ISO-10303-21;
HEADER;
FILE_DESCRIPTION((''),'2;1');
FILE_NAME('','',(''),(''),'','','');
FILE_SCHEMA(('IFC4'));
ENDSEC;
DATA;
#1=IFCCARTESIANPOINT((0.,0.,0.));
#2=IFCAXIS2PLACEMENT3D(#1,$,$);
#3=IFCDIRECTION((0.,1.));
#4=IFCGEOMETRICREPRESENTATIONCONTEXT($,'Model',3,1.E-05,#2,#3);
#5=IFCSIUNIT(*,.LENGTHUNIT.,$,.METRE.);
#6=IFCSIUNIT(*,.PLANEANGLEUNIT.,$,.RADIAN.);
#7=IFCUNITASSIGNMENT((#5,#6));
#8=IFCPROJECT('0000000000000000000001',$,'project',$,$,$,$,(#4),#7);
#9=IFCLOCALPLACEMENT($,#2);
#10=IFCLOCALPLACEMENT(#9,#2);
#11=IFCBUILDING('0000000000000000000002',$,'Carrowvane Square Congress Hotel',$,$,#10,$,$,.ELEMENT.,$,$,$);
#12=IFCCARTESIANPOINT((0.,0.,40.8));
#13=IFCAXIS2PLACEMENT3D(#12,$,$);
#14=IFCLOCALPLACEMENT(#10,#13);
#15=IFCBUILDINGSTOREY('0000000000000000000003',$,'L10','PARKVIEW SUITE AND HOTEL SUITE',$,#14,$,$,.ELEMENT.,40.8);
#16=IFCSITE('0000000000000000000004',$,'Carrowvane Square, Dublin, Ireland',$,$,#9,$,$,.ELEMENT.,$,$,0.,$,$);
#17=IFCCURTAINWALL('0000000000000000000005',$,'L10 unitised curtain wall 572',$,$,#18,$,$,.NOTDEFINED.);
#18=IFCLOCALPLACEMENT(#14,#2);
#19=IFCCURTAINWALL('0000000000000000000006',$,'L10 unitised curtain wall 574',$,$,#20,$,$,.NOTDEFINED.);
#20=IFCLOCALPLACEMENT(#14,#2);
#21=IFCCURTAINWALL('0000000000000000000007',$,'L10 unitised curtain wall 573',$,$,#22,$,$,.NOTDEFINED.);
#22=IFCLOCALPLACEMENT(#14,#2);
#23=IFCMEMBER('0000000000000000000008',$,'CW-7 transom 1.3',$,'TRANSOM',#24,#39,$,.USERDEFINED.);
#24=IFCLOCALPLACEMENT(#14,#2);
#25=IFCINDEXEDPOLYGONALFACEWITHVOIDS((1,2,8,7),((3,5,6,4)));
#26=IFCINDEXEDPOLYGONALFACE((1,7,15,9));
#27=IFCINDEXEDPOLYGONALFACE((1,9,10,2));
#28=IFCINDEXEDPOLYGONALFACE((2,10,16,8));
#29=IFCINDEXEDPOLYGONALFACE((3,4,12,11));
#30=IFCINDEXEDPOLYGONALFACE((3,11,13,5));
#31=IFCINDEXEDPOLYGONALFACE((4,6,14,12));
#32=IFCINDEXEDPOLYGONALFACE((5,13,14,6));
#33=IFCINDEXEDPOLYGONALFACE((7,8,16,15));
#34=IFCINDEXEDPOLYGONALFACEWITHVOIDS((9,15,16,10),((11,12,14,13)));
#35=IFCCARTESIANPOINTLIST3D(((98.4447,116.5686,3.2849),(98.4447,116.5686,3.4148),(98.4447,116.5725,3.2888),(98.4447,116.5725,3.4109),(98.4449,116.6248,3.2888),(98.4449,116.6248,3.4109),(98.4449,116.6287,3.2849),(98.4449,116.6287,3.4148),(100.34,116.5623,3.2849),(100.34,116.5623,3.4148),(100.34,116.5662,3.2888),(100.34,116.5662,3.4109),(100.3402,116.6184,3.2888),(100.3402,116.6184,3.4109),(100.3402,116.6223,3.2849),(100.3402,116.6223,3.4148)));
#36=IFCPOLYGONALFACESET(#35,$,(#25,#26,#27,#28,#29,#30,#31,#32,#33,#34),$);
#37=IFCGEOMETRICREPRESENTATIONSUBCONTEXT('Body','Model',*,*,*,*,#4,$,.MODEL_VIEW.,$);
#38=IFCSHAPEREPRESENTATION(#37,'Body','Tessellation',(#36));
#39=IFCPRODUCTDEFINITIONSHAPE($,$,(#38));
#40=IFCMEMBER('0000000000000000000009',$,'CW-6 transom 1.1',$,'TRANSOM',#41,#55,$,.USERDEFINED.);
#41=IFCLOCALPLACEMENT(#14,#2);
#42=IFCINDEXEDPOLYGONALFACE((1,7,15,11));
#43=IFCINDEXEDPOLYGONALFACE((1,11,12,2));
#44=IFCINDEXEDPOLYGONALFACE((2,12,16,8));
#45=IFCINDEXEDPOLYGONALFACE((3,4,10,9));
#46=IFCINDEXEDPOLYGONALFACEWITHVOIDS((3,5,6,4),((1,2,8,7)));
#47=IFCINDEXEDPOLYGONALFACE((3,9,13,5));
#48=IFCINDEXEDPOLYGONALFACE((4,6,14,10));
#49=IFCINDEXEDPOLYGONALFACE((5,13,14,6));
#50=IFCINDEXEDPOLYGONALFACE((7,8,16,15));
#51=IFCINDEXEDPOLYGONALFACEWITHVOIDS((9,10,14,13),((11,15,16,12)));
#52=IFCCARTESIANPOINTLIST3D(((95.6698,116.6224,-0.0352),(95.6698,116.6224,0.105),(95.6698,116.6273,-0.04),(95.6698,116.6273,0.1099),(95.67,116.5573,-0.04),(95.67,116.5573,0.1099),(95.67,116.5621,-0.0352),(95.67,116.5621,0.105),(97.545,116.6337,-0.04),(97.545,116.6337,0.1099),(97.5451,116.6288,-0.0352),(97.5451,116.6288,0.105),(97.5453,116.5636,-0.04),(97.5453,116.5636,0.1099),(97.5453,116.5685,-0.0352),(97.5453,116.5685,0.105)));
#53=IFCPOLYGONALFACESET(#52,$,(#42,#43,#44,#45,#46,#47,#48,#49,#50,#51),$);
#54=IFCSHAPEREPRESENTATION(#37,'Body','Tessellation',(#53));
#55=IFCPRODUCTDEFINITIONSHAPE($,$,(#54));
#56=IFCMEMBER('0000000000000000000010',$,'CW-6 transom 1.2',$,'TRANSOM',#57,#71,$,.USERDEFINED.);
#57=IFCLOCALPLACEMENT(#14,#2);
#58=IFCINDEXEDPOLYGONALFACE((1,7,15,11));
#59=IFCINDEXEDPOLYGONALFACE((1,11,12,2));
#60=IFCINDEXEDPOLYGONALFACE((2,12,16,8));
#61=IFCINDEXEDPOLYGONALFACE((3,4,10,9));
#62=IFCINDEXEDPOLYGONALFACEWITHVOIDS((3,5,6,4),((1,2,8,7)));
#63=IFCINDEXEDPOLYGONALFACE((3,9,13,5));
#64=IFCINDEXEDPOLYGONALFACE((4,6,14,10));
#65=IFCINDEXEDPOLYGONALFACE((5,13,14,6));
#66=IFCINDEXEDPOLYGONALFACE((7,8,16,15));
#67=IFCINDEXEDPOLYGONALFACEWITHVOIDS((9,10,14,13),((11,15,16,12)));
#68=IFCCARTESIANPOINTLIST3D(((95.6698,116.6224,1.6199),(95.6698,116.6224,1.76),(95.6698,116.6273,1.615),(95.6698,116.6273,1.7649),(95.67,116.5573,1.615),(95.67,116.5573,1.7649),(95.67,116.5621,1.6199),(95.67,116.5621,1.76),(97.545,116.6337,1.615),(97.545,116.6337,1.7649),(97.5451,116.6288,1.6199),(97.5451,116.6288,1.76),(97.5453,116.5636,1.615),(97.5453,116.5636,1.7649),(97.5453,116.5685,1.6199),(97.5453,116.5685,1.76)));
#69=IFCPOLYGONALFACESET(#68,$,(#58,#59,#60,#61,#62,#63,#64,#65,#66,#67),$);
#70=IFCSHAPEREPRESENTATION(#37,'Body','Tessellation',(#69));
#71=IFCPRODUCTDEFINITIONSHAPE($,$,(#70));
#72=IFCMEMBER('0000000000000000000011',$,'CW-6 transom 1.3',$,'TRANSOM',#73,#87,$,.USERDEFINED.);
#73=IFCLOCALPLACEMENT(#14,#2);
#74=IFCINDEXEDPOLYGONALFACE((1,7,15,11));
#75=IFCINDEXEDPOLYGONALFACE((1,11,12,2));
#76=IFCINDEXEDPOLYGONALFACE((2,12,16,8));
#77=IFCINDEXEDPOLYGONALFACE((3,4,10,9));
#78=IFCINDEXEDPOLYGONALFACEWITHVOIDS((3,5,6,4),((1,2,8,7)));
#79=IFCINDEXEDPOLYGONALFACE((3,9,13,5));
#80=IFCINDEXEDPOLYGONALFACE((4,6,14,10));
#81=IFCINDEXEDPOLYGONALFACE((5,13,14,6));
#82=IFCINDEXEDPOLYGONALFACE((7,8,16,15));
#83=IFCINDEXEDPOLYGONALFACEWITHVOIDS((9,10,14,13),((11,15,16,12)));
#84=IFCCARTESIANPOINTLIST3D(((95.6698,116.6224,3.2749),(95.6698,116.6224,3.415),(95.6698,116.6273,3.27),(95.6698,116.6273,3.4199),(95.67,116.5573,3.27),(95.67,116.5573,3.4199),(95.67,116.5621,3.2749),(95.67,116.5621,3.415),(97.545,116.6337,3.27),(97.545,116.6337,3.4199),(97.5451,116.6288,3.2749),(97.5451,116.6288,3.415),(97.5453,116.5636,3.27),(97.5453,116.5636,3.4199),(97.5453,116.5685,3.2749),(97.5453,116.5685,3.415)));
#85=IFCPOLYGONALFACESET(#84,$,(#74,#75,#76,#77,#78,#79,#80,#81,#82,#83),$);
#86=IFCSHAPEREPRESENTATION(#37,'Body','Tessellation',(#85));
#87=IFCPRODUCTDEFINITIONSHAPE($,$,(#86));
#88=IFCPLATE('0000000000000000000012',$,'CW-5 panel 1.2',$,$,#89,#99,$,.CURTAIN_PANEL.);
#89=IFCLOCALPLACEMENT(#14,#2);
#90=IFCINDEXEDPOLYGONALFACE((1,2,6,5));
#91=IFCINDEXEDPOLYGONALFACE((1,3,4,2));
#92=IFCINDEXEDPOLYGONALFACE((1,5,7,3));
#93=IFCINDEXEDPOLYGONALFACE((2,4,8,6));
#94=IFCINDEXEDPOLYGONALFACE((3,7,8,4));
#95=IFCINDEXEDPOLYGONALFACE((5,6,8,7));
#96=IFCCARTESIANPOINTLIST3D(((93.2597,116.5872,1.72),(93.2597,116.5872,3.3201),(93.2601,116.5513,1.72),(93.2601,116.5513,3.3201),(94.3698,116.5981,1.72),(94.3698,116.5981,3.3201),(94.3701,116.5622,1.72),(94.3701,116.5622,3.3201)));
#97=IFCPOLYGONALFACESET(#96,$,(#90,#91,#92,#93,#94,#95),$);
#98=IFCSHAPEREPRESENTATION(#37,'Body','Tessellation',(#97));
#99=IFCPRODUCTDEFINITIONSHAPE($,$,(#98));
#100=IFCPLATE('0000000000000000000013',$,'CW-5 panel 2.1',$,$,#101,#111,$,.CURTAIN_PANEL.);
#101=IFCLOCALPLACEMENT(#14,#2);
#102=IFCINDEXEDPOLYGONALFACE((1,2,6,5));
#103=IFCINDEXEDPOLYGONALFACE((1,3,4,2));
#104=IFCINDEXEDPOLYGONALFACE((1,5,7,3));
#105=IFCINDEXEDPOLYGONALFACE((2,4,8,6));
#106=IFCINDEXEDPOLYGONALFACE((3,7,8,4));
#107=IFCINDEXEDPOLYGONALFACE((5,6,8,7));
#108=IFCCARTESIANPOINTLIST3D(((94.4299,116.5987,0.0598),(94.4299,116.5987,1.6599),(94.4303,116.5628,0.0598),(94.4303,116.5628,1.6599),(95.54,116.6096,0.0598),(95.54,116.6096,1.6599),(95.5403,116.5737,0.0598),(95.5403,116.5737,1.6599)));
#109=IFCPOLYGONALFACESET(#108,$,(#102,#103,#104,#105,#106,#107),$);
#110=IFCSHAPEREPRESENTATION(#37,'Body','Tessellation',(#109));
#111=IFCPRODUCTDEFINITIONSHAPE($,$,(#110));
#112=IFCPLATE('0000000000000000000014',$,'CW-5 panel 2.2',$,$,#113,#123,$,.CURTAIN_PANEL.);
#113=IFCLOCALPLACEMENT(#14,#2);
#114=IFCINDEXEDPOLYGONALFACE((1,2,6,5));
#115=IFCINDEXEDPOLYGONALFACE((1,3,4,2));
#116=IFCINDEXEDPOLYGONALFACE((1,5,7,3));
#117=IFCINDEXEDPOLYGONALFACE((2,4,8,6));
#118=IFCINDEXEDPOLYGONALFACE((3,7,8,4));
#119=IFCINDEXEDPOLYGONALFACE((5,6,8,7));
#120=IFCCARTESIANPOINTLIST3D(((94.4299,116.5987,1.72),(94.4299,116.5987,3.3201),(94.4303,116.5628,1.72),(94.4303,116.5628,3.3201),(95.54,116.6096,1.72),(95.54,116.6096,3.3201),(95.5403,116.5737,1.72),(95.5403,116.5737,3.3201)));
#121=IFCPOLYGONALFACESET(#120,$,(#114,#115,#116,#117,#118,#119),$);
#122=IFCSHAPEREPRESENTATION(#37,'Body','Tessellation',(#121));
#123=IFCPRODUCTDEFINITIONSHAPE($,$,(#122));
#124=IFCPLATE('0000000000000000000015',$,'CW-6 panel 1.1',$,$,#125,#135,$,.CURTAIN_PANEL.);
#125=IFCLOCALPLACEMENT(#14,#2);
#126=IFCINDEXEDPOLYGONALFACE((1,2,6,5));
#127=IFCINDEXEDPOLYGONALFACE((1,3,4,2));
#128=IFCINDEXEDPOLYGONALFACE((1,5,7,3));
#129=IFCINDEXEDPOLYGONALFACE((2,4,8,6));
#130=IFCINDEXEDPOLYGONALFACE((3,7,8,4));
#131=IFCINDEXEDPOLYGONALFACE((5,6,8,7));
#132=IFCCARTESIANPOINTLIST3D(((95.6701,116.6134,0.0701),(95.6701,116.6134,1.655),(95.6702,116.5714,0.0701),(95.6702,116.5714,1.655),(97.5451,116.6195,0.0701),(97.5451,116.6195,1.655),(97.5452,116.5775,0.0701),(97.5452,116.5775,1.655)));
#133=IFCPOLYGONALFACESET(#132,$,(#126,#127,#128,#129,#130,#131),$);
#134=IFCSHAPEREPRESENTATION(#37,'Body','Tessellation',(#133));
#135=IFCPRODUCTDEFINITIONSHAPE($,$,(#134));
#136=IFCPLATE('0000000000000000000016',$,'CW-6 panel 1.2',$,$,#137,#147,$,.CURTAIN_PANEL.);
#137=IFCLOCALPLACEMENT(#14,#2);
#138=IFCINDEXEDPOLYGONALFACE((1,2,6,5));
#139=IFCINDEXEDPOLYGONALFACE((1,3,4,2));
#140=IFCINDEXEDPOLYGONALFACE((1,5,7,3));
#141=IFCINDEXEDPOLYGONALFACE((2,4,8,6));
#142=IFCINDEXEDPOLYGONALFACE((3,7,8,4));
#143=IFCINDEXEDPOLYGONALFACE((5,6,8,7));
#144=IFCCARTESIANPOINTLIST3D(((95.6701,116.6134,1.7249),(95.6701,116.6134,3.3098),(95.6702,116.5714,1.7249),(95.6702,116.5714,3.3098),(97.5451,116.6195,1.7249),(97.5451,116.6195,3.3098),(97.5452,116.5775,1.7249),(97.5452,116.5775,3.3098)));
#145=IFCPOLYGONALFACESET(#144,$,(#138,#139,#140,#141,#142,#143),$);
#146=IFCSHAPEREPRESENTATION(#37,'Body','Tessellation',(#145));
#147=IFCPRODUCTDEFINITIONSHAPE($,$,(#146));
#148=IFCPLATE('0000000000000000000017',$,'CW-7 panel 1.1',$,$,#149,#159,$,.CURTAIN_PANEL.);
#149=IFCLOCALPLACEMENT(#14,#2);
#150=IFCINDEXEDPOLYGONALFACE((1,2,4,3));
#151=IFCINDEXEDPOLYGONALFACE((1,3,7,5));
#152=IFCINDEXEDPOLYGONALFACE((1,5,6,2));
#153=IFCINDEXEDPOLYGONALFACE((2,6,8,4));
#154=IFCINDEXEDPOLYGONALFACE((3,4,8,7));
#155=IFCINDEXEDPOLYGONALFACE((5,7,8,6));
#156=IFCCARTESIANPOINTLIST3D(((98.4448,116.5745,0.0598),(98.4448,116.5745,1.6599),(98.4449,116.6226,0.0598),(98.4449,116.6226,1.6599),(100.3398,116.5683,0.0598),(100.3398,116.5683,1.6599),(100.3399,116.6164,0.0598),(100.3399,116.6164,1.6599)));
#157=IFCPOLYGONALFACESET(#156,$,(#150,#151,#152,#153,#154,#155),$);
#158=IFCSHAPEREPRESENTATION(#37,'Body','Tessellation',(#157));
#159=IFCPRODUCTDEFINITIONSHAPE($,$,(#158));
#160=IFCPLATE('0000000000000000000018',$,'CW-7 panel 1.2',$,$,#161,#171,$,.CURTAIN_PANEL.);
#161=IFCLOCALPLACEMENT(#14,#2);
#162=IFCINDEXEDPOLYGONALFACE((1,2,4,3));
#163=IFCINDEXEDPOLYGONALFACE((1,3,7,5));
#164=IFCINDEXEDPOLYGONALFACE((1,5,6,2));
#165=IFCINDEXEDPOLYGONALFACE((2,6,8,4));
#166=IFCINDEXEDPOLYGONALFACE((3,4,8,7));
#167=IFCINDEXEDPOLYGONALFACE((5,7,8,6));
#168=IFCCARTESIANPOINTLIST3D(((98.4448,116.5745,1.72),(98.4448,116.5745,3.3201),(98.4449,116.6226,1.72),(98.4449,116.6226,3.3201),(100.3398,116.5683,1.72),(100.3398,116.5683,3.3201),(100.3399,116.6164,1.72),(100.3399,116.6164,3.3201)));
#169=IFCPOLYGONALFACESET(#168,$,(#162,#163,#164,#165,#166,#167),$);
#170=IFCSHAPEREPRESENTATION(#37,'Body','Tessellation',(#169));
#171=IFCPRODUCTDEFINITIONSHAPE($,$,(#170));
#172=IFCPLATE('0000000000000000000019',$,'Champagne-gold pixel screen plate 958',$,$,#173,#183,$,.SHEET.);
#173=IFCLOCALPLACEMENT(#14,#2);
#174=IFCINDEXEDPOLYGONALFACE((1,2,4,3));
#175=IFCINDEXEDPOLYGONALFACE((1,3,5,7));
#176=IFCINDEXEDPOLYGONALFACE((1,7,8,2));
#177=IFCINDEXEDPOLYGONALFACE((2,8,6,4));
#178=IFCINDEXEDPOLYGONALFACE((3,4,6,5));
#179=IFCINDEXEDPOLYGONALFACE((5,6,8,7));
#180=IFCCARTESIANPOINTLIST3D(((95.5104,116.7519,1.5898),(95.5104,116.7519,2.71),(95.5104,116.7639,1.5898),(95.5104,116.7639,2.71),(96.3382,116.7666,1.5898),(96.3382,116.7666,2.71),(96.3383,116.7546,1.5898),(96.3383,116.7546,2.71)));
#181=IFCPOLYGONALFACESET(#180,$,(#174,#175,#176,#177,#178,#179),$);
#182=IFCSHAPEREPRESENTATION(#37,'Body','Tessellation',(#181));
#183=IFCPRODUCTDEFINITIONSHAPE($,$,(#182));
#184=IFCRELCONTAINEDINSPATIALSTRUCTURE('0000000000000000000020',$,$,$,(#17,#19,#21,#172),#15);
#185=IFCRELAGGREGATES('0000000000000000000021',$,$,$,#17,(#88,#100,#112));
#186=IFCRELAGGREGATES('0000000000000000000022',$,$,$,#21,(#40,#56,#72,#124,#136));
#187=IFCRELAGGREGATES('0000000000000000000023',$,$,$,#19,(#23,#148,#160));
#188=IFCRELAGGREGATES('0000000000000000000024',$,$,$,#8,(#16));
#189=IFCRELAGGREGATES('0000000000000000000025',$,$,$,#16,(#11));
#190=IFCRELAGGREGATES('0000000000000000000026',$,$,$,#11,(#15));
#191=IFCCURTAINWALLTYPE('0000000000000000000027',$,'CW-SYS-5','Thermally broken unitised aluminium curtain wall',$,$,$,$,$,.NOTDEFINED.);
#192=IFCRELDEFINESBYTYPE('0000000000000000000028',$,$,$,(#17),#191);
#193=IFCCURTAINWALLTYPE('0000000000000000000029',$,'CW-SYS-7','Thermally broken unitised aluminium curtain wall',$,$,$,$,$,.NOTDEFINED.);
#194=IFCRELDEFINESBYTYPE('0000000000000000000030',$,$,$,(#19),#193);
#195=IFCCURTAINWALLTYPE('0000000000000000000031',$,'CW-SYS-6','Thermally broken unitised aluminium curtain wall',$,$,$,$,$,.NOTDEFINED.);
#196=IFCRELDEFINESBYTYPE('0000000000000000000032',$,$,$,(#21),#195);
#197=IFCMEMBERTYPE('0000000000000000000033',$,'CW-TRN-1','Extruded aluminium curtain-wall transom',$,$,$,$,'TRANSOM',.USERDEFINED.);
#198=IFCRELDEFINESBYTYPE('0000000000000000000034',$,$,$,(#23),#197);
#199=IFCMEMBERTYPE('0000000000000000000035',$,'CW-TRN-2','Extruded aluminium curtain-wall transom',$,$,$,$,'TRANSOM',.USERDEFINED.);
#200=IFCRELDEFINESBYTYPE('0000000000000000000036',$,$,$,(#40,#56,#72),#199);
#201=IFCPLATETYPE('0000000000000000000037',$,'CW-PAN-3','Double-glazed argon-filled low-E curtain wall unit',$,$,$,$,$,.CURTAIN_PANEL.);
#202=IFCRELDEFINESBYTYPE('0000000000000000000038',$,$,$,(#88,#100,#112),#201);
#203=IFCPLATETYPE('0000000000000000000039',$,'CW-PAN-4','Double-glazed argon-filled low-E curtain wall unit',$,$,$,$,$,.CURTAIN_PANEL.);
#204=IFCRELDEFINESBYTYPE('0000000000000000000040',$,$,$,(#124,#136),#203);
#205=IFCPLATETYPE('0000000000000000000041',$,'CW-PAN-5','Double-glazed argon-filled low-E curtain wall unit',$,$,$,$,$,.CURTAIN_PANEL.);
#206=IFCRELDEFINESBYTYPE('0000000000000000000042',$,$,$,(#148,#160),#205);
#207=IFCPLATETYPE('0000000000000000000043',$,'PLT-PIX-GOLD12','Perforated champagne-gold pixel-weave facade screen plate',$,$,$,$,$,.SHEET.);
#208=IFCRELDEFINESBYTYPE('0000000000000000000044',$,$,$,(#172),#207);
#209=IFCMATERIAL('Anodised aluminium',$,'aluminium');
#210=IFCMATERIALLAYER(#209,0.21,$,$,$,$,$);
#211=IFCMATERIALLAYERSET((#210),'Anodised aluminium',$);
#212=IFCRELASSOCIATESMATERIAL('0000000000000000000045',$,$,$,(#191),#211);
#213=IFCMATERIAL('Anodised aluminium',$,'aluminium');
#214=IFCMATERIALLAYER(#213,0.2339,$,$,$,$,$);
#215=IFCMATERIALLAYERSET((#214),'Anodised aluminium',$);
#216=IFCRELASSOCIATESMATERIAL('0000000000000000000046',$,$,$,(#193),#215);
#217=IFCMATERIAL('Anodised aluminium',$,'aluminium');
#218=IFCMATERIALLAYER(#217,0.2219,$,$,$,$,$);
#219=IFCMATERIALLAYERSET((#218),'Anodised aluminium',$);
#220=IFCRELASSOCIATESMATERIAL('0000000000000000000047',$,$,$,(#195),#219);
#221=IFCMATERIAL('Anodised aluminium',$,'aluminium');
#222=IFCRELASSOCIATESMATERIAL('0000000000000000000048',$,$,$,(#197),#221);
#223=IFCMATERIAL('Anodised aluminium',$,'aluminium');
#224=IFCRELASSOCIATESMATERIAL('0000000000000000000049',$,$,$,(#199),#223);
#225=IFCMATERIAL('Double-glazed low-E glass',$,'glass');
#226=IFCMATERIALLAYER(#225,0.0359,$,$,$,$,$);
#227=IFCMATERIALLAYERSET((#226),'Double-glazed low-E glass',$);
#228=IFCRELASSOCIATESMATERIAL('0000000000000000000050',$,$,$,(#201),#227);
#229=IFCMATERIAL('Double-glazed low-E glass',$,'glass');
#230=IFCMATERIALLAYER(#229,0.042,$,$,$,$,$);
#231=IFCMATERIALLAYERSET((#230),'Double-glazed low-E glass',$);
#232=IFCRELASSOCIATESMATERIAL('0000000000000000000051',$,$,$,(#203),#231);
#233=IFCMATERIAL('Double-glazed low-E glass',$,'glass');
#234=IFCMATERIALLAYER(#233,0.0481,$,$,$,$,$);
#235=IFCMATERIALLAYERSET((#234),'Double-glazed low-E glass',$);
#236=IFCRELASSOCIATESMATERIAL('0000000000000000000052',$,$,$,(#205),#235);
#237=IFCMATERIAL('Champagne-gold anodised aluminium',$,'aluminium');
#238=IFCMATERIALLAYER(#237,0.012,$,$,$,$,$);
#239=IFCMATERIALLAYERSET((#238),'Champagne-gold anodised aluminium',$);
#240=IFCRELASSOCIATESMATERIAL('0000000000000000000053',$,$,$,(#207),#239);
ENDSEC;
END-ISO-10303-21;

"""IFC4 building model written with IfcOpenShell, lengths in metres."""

from ifc_helpers import new_model, si_unit, direction, frame, origin, origin_2d, place, context, subcontext, project, spatial, rectangle, hollow_rectangle, extrude, material, layer, layer_set, material_profile, profile_set, type_object, element, aggregate, save


model = new_model("IFC4")

# Units and contexts
model_context = context("Model", 3, precision=1e-05, world=origin(), true_north=direction((0.0, 1.0)))
body_context = subcontext(model_context, "Body", "Model", "MODEL_VIEW")
ifc_project = project(units=[si_unit("LENGTHUNIT", "METRE"), si_unit("PLANEANGLEUNIT", "RADIAN")], contexts=[model_context])

# Site, building, storey
site_placement = place(None, origin())
site = spatial("IfcSite", under=ifc_project, at=site_placement, Name="Carrowvane Square, Dublin, Ireland", CompositionType="ELEMENT", RefElevation=0.0)
building_placement = place(site_placement, origin())
building = spatial("IfcBuilding", under=site, at=building_placement, Name="Carrowvane Square Congress Hotel", CompositionType="ELEMENT")
storey_placement = place(building_placement, frame((0.0, 0.0, 40.8)))
storey = spatial("IfcBuildingStorey", under=building, at=storey_placement, Name="L10", Description="PARKVIEW SUITE AND HOTEL SUITE", CompositionType="ELEMENT", Elevation=40.8)

# Curtain wall
ifc_material_1 = material(Name="Anodised aluminium", Category="aluminium")
ifc_layer_1 = layer(ifc_material_1, 0.21)
ifc_layer_set_1 = layer_set([ifc_layer_1], Name="Anodised aluminium")
curtain_wall_type_1 = type_object("IfcCurtainWallType", Name="CW-SYS-5", Description="Thermally broken unitised aluminium curtain wall", PredefinedType="NOTDEFINED", material=ifc_layer_set_1)
curtain_wall_1_placement = place(storey_placement, origin())
curtain_wall_1 = element("IfcCurtainWall", 1, at=curtain_wall_1_placement, inside=storey, type_object=curtain_wall_type_1, Name="L10 unitised curtain wall 572", PredefinedType="NOTDEFINED")

# Curtain wall
ifc_material_2 = material(Name="Anodised aluminium", Category="aluminium")
ifc_layer_2 = layer(ifc_material_2, 0.2339)
ifc_layer_set_2 = layer_set([ifc_layer_2], Name="Anodised aluminium")
curtain_wall_type_2 = type_object("IfcCurtainWallType", Name="CW-SYS-7", Description="Thermally broken unitised aluminium curtain wall", PredefinedType="NOTDEFINED", material=ifc_layer_set_2)
curtain_wall_2_placement = place(storey_placement, origin())
curtain_wall_2 = element("IfcCurtainWall", 2, at=curtain_wall_2_placement, inside=storey, type_object=curtain_wall_type_2, Name="L10 unitised curtain wall 574", PredefinedType="NOTDEFINED")

# Curtain wall
ifc_material_3 = material(Name="Anodised aluminium", Category="aluminium")
ifc_layer_3 = layer(ifc_material_3, 0.2219)
ifc_layer_set_3 = layer_set([ifc_layer_3], Name="Anodised aluminium")
curtain_wall_type_3 = type_object("IfcCurtainWallType", Name="CW-SYS-6", Description="Thermally broken unitised aluminium curtain wall", PredefinedType="NOTDEFINED", material=ifc_layer_set_3)
curtain_wall_3_placement = place(storey_placement, origin())
curtain_wall_3 = element("IfcCurtainWall", 3, at=curtain_wall_3_placement, inside=storey, type_object=curtain_wall_type_3, Name="L10 unitised curtain wall 573", PredefinedType="NOTDEFINED")

# Members
ifc_material_4 = material(Name="Anodised aluminium", Category="aluminium")
ifc_material_profile_1 = material_profile(ifc_material_4, hollow_rectangle(XDim=0.0601, YDim=0.1299, WallThickness=0.0039, at=origin_2d()), Name="CW-TR 60x130x4")
ifc_profile_set_1 = profile_set([ifc_material_profile_1], Name="Anodised aluminium")
member_type_1 = type_object("IfcMemberType", Name="CW-TRN-1", Description="Extruded aluminium curtain-wall transom", ElementType="TRANSOM", PredefinedType="USERDEFINED", material=ifc_profile_set_1)
member_1_placement = place(storey_placement, frame((98.4448, 116.5986, 3.3499), z_axis=(0.999994, -0.003349, 0.0), x_axis=(0.003349, 0.999994, 0.0)))
member_1 = element("IfcMember", 4, at=member_1_placement, type_object=member_type_1, Name="CW-7 transom 1.3", ObjectType="TRANSOM", PredefinedType="USERDEFINED", context=body_context, shape_type="SweptSolid", body=[
    extrude(hollow_rectangle(XDim=0.0601, YDim=0.1299, WallThickness=0.0039, at=origin_2d()), origin(), (0.0, 0.0, 1.0), 1.8953),
])
ifc_material_5 = material(Name="Anodised aluminium", Category="aluminium")
ifc_material_profile_2 = material_profile(ifc_material_5, hollow_rectangle(XDim=0.0701, YDim=0.1499, WallThickness=0.0049, at=origin_2d()), Name="CW-TR 70x150x5")
ifc_profile_set_2 = profile_set([ifc_material_profile_2], Name="Anodised aluminium")
member_type_2 = type_object("IfcMemberType", Name="CW-TRN-2", Description="Extruded aluminium curtain-wall transom", ElementType="TRANSOM", PredefinedType="USERDEFINED", material=ifc_profile_set_2)
member_2_placement = place(storey_placement, frame((95.6699, 116.5923, 0.0349), z_axis=(0.999994, 0.003385, 0.0), x_axis=(-0.003385, 0.999994, 0.0)))
member_2 = element("IfcMember", 5, at=member_2_placement, type_object=member_type_2, Name="CW-6 transom 1.1", ObjectType="TRANSOM", PredefinedType="USERDEFINED", context=body_context, shape_type="SweptSolid", body=[
    extrude(hollow_rectangle(XDim=0.0701, YDim=0.1499, WallThickness=0.0049, at=origin_2d()), origin(), (0.0, 0.0, 1.0), 1.8752),
])
member_3_placement = place(storey_placement, frame((95.6699, 116.5923, 1.6899), z_axis=(0.999994, 0.003385, 0.0), x_axis=(-0.003385, 0.999994, 0.0)))
member_3 = element("IfcMember", 6, at=member_3_placement, type_object=member_type_2, Name="CW-6 transom 1.2", ObjectType="TRANSOM", PredefinedType="USERDEFINED", context=body_context, shape_type="SweptSolid", body=[
    extrude(hollow_rectangle(XDim=0.0701, YDim=0.1499, WallThickness=0.0049, at=origin_2d()), origin(), (0.0, 0.0, 1.0), 1.8752),
])
member_4_placement = place(storey_placement, frame((95.6699, 116.5923, 3.345), z_axis=(0.999994, 0.003385, 0.0), x_axis=(-0.003385, 0.999994, 0.0)))
member_4 = element("IfcMember", 7, at=member_4_placement, type_object=member_type_2, Name="CW-6 transom 1.3", ObjectType="TRANSOM", PredefinedType="USERDEFINED", context=body_context, shape_type="SweptSolid", body=[
    extrude(hollow_rectangle(XDim=0.0701, YDim=0.1499, WallThickness=0.0049, at=origin_2d()), origin(), (0.0, 0.0, 1.0), 1.8752),
])

# Plates
ifc_material_6 = material(Name="Double-glazed low-E glass", Category="glass")
ifc_layer_4 = layer(ifc_material_6, 0.0359)
ifc_layer_set_4 = layer_set([ifc_layer_4], Name="Double-glazed low-E glass")
plate_type_1 = type_object("IfcPlateType", Name="CW-PAN-3", Description="Double-glazed argon-filled low-E curtain wall unit", PredefinedType="CURTAIN_PANEL", material=ifc_layer_set_4)
plate_1_placement = place(storey_placement, frame((93.8149, 116.5747, 1.72), z_axis=(0.0, 0.0, 1.0), x_axis=(0.999952, 0.009783, 0.0)))
plate_1 = element("IfcPlate", 8, at=plate_1_placement, type_object=plate_type_1, Name="CW-5 panel 1.2", PredefinedType="CURTAIN_PANEL", context=body_context, shape_type="SweptSolid", body=[
    extrude(rectangle(XDim=1.1101, YDim=0.0359, at=origin_2d()), origin(), (0.0, 0.0, 1.0), 1.6001),
])
plate_2_placement = place(storey_placement, frame((94.9851, 116.5862, 0.0598), z_axis=(0.0, 0.0, 1.0), x_axis=(0.999952, 0.009783, 0.0)))
plate_2 = element("IfcPlate", 9, at=plate_2_placement, type_object=plate_type_1, Name="CW-5 panel 2.1", PredefinedType="CURTAIN_PANEL", context=body_context, shape_type="SweptSolid", body=[
    extrude(rectangle(XDim=1.1101, YDim=0.0359, at=origin_2d()), origin(), (0.0, 0.0, 1.0), 1.6001),
])
plate_3_placement = place(storey_placement, frame((94.9851, 116.5862, 1.72), z_axis=(0.0, 0.0, 1.0), x_axis=(0.999952, 0.009783, 0.0)))
plate_3 = element("IfcPlate", 10, at=plate_3_placement, type_object=plate_type_1, Name="CW-5 panel 2.2", PredefinedType="CURTAIN_PANEL", context=body_context, shape_type="SweptSolid", body=[
    extrude(rectangle(XDim=1.1101, YDim=0.0359, at=origin_2d()), origin(), (0.0, 0.0, 1.0), 1.6001),
])
aggregate(curtain_wall_1, [plate_1, plate_2, plate_3])
ifc_material_7 = material(Name="Double-glazed low-E glass", Category="glass")
ifc_layer_5 = layer(ifc_material_7, 0.042)
ifc_layer_set_5 = layer_set([ifc_layer_5], Name="Double-glazed low-E glass")
plate_type_2 = type_object("IfcPlateType", Name="CW-PAN-4", Description="Double-glazed argon-filled low-E curtain wall unit", PredefinedType="CURTAIN_PANEL", material=ifc_layer_set_5)
plate_4_placement = place(storey_placement, frame((96.6077, 116.5955, 0.0701), z_axis=(0.0, 0.0, 1.0), x_axis=(0.999995, 0.00327, 0.0)))
plate_4 = element("IfcPlate", 11, at=plate_4_placement, type_object=plate_type_2, Name="CW-6 panel 1.1", PredefinedType="CURTAIN_PANEL", context=body_context, shape_type="SweptSolid", body=[
    extrude(rectangle(XDim=1.875, YDim=0.042, at=origin_2d()), origin(), (0.0, 0.0, 1.0), 1.585),
])
plate_5_placement = place(storey_placement, frame((96.6077, 116.5955, 1.7249), z_axis=(0.0, 0.0, 1.0), x_axis=(0.999995, 0.00327, 0.0)))
plate_5 = element("IfcPlate", 12, at=plate_5_placement, type_object=plate_type_2, Name="CW-6 panel 1.2", PredefinedType="CURTAIN_PANEL", context=body_context, shape_type="SweptSolid", body=[
    extrude(rectangle(XDim=1.875, YDim=0.042, at=origin_2d()), origin(), (0.0, 0.0, 1.0), 1.585),
])
aggregate(curtain_wall_3, [member_2, member_3, member_4, plate_4, plate_5])
ifc_material_8 = material(Name="Double-glazed low-E glass", Category="glass")
ifc_layer_6 = layer(ifc_material_8, 0.0481)
ifc_layer_set_6 = layer_set([ifc_layer_6], Name="Double-glazed low-E glass")
plate_type_3 = type_object("IfcPlateType", Name="CW-PAN-5", Description="Double-glazed argon-filled low-E curtain wall unit", PredefinedType="CURTAIN_PANEL", material=ifc_layer_set_6)
plate_6_placement = place(storey_placement, frame((99.3923, 116.5955, 0.0598), z_axis=(0.0, 0.0, 1.0), x_axis=(0.999995, -0.00327, 0.0)))
plate_6 = element("IfcPlate", 13, at=plate_6_placement, type_object=plate_type_3, Name="CW-7 panel 1.1", PredefinedType="CURTAIN_PANEL", context=body_context, shape_type="SweptSolid", body=[
    extrude(rectangle(XDim=1.895, YDim=0.0481, at=origin_2d()), origin(), (0.0, 0.0, 1.0), 1.6001),
])
plate_7_placement = place(storey_placement, frame((99.3923, 116.5955, 1.72), z_axis=(0.0, 0.0, 1.0), x_axis=(0.999995, -0.00327, 0.0)))
plate_7 = element("IfcPlate", 14, at=plate_7_placement, type_object=plate_type_3, Name="CW-7 panel 1.2", PredefinedType="CURTAIN_PANEL", context=body_context, shape_type="SweptSolid", body=[
    extrude(rectangle(XDim=1.895, YDim=0.0481, at=origin_2d()), origin(), (0.0, 0.0, 1.0), 1.6001),
])
aggregate(curtain_wall_2, [member_1, plate_6, plate_7])

# Plate
ifc_material_9 = material(Name="Champagne-gold anodised aluminium", Category="aluminium")
ifc_layer_7 = layer(ifc_material_9, 0.012)
ifc_layer_set_7 = layer_set([ifc_layer_7], Name="Champagne-gold anodised aluminium")
plate_type_4 = type_object("IfcPlateType", Name="PLT-PIX-GOLD12", Description="Perforated champagne-gold pixel-weave facade screen plate", PredefinedType="SHEET", material=ifc_layer_set_7)
plate_8_placement = place(storey_placement, frame((95.9243, 116.7593, 1.5898), z_axis=(0.0, 0.0, 1.0), x_axis=(0.999995, 0.00327, 0.0)))
element("IfcPlate", 15, at=plate_8_placement, inside=storey, type_object=plate_type_4, Name="Champagne-gold pixel screen plate 958", PredefinedType="SHEET", context=body_context, shape_type="SweptSolid", body=[
    extrude(rectangle(XDim=0.8279, YDim=0.012, at=origin_2d()), origin(), (0.0, 0.0, 1.0), 1.1201),
])

save(model, "model.ifc")
